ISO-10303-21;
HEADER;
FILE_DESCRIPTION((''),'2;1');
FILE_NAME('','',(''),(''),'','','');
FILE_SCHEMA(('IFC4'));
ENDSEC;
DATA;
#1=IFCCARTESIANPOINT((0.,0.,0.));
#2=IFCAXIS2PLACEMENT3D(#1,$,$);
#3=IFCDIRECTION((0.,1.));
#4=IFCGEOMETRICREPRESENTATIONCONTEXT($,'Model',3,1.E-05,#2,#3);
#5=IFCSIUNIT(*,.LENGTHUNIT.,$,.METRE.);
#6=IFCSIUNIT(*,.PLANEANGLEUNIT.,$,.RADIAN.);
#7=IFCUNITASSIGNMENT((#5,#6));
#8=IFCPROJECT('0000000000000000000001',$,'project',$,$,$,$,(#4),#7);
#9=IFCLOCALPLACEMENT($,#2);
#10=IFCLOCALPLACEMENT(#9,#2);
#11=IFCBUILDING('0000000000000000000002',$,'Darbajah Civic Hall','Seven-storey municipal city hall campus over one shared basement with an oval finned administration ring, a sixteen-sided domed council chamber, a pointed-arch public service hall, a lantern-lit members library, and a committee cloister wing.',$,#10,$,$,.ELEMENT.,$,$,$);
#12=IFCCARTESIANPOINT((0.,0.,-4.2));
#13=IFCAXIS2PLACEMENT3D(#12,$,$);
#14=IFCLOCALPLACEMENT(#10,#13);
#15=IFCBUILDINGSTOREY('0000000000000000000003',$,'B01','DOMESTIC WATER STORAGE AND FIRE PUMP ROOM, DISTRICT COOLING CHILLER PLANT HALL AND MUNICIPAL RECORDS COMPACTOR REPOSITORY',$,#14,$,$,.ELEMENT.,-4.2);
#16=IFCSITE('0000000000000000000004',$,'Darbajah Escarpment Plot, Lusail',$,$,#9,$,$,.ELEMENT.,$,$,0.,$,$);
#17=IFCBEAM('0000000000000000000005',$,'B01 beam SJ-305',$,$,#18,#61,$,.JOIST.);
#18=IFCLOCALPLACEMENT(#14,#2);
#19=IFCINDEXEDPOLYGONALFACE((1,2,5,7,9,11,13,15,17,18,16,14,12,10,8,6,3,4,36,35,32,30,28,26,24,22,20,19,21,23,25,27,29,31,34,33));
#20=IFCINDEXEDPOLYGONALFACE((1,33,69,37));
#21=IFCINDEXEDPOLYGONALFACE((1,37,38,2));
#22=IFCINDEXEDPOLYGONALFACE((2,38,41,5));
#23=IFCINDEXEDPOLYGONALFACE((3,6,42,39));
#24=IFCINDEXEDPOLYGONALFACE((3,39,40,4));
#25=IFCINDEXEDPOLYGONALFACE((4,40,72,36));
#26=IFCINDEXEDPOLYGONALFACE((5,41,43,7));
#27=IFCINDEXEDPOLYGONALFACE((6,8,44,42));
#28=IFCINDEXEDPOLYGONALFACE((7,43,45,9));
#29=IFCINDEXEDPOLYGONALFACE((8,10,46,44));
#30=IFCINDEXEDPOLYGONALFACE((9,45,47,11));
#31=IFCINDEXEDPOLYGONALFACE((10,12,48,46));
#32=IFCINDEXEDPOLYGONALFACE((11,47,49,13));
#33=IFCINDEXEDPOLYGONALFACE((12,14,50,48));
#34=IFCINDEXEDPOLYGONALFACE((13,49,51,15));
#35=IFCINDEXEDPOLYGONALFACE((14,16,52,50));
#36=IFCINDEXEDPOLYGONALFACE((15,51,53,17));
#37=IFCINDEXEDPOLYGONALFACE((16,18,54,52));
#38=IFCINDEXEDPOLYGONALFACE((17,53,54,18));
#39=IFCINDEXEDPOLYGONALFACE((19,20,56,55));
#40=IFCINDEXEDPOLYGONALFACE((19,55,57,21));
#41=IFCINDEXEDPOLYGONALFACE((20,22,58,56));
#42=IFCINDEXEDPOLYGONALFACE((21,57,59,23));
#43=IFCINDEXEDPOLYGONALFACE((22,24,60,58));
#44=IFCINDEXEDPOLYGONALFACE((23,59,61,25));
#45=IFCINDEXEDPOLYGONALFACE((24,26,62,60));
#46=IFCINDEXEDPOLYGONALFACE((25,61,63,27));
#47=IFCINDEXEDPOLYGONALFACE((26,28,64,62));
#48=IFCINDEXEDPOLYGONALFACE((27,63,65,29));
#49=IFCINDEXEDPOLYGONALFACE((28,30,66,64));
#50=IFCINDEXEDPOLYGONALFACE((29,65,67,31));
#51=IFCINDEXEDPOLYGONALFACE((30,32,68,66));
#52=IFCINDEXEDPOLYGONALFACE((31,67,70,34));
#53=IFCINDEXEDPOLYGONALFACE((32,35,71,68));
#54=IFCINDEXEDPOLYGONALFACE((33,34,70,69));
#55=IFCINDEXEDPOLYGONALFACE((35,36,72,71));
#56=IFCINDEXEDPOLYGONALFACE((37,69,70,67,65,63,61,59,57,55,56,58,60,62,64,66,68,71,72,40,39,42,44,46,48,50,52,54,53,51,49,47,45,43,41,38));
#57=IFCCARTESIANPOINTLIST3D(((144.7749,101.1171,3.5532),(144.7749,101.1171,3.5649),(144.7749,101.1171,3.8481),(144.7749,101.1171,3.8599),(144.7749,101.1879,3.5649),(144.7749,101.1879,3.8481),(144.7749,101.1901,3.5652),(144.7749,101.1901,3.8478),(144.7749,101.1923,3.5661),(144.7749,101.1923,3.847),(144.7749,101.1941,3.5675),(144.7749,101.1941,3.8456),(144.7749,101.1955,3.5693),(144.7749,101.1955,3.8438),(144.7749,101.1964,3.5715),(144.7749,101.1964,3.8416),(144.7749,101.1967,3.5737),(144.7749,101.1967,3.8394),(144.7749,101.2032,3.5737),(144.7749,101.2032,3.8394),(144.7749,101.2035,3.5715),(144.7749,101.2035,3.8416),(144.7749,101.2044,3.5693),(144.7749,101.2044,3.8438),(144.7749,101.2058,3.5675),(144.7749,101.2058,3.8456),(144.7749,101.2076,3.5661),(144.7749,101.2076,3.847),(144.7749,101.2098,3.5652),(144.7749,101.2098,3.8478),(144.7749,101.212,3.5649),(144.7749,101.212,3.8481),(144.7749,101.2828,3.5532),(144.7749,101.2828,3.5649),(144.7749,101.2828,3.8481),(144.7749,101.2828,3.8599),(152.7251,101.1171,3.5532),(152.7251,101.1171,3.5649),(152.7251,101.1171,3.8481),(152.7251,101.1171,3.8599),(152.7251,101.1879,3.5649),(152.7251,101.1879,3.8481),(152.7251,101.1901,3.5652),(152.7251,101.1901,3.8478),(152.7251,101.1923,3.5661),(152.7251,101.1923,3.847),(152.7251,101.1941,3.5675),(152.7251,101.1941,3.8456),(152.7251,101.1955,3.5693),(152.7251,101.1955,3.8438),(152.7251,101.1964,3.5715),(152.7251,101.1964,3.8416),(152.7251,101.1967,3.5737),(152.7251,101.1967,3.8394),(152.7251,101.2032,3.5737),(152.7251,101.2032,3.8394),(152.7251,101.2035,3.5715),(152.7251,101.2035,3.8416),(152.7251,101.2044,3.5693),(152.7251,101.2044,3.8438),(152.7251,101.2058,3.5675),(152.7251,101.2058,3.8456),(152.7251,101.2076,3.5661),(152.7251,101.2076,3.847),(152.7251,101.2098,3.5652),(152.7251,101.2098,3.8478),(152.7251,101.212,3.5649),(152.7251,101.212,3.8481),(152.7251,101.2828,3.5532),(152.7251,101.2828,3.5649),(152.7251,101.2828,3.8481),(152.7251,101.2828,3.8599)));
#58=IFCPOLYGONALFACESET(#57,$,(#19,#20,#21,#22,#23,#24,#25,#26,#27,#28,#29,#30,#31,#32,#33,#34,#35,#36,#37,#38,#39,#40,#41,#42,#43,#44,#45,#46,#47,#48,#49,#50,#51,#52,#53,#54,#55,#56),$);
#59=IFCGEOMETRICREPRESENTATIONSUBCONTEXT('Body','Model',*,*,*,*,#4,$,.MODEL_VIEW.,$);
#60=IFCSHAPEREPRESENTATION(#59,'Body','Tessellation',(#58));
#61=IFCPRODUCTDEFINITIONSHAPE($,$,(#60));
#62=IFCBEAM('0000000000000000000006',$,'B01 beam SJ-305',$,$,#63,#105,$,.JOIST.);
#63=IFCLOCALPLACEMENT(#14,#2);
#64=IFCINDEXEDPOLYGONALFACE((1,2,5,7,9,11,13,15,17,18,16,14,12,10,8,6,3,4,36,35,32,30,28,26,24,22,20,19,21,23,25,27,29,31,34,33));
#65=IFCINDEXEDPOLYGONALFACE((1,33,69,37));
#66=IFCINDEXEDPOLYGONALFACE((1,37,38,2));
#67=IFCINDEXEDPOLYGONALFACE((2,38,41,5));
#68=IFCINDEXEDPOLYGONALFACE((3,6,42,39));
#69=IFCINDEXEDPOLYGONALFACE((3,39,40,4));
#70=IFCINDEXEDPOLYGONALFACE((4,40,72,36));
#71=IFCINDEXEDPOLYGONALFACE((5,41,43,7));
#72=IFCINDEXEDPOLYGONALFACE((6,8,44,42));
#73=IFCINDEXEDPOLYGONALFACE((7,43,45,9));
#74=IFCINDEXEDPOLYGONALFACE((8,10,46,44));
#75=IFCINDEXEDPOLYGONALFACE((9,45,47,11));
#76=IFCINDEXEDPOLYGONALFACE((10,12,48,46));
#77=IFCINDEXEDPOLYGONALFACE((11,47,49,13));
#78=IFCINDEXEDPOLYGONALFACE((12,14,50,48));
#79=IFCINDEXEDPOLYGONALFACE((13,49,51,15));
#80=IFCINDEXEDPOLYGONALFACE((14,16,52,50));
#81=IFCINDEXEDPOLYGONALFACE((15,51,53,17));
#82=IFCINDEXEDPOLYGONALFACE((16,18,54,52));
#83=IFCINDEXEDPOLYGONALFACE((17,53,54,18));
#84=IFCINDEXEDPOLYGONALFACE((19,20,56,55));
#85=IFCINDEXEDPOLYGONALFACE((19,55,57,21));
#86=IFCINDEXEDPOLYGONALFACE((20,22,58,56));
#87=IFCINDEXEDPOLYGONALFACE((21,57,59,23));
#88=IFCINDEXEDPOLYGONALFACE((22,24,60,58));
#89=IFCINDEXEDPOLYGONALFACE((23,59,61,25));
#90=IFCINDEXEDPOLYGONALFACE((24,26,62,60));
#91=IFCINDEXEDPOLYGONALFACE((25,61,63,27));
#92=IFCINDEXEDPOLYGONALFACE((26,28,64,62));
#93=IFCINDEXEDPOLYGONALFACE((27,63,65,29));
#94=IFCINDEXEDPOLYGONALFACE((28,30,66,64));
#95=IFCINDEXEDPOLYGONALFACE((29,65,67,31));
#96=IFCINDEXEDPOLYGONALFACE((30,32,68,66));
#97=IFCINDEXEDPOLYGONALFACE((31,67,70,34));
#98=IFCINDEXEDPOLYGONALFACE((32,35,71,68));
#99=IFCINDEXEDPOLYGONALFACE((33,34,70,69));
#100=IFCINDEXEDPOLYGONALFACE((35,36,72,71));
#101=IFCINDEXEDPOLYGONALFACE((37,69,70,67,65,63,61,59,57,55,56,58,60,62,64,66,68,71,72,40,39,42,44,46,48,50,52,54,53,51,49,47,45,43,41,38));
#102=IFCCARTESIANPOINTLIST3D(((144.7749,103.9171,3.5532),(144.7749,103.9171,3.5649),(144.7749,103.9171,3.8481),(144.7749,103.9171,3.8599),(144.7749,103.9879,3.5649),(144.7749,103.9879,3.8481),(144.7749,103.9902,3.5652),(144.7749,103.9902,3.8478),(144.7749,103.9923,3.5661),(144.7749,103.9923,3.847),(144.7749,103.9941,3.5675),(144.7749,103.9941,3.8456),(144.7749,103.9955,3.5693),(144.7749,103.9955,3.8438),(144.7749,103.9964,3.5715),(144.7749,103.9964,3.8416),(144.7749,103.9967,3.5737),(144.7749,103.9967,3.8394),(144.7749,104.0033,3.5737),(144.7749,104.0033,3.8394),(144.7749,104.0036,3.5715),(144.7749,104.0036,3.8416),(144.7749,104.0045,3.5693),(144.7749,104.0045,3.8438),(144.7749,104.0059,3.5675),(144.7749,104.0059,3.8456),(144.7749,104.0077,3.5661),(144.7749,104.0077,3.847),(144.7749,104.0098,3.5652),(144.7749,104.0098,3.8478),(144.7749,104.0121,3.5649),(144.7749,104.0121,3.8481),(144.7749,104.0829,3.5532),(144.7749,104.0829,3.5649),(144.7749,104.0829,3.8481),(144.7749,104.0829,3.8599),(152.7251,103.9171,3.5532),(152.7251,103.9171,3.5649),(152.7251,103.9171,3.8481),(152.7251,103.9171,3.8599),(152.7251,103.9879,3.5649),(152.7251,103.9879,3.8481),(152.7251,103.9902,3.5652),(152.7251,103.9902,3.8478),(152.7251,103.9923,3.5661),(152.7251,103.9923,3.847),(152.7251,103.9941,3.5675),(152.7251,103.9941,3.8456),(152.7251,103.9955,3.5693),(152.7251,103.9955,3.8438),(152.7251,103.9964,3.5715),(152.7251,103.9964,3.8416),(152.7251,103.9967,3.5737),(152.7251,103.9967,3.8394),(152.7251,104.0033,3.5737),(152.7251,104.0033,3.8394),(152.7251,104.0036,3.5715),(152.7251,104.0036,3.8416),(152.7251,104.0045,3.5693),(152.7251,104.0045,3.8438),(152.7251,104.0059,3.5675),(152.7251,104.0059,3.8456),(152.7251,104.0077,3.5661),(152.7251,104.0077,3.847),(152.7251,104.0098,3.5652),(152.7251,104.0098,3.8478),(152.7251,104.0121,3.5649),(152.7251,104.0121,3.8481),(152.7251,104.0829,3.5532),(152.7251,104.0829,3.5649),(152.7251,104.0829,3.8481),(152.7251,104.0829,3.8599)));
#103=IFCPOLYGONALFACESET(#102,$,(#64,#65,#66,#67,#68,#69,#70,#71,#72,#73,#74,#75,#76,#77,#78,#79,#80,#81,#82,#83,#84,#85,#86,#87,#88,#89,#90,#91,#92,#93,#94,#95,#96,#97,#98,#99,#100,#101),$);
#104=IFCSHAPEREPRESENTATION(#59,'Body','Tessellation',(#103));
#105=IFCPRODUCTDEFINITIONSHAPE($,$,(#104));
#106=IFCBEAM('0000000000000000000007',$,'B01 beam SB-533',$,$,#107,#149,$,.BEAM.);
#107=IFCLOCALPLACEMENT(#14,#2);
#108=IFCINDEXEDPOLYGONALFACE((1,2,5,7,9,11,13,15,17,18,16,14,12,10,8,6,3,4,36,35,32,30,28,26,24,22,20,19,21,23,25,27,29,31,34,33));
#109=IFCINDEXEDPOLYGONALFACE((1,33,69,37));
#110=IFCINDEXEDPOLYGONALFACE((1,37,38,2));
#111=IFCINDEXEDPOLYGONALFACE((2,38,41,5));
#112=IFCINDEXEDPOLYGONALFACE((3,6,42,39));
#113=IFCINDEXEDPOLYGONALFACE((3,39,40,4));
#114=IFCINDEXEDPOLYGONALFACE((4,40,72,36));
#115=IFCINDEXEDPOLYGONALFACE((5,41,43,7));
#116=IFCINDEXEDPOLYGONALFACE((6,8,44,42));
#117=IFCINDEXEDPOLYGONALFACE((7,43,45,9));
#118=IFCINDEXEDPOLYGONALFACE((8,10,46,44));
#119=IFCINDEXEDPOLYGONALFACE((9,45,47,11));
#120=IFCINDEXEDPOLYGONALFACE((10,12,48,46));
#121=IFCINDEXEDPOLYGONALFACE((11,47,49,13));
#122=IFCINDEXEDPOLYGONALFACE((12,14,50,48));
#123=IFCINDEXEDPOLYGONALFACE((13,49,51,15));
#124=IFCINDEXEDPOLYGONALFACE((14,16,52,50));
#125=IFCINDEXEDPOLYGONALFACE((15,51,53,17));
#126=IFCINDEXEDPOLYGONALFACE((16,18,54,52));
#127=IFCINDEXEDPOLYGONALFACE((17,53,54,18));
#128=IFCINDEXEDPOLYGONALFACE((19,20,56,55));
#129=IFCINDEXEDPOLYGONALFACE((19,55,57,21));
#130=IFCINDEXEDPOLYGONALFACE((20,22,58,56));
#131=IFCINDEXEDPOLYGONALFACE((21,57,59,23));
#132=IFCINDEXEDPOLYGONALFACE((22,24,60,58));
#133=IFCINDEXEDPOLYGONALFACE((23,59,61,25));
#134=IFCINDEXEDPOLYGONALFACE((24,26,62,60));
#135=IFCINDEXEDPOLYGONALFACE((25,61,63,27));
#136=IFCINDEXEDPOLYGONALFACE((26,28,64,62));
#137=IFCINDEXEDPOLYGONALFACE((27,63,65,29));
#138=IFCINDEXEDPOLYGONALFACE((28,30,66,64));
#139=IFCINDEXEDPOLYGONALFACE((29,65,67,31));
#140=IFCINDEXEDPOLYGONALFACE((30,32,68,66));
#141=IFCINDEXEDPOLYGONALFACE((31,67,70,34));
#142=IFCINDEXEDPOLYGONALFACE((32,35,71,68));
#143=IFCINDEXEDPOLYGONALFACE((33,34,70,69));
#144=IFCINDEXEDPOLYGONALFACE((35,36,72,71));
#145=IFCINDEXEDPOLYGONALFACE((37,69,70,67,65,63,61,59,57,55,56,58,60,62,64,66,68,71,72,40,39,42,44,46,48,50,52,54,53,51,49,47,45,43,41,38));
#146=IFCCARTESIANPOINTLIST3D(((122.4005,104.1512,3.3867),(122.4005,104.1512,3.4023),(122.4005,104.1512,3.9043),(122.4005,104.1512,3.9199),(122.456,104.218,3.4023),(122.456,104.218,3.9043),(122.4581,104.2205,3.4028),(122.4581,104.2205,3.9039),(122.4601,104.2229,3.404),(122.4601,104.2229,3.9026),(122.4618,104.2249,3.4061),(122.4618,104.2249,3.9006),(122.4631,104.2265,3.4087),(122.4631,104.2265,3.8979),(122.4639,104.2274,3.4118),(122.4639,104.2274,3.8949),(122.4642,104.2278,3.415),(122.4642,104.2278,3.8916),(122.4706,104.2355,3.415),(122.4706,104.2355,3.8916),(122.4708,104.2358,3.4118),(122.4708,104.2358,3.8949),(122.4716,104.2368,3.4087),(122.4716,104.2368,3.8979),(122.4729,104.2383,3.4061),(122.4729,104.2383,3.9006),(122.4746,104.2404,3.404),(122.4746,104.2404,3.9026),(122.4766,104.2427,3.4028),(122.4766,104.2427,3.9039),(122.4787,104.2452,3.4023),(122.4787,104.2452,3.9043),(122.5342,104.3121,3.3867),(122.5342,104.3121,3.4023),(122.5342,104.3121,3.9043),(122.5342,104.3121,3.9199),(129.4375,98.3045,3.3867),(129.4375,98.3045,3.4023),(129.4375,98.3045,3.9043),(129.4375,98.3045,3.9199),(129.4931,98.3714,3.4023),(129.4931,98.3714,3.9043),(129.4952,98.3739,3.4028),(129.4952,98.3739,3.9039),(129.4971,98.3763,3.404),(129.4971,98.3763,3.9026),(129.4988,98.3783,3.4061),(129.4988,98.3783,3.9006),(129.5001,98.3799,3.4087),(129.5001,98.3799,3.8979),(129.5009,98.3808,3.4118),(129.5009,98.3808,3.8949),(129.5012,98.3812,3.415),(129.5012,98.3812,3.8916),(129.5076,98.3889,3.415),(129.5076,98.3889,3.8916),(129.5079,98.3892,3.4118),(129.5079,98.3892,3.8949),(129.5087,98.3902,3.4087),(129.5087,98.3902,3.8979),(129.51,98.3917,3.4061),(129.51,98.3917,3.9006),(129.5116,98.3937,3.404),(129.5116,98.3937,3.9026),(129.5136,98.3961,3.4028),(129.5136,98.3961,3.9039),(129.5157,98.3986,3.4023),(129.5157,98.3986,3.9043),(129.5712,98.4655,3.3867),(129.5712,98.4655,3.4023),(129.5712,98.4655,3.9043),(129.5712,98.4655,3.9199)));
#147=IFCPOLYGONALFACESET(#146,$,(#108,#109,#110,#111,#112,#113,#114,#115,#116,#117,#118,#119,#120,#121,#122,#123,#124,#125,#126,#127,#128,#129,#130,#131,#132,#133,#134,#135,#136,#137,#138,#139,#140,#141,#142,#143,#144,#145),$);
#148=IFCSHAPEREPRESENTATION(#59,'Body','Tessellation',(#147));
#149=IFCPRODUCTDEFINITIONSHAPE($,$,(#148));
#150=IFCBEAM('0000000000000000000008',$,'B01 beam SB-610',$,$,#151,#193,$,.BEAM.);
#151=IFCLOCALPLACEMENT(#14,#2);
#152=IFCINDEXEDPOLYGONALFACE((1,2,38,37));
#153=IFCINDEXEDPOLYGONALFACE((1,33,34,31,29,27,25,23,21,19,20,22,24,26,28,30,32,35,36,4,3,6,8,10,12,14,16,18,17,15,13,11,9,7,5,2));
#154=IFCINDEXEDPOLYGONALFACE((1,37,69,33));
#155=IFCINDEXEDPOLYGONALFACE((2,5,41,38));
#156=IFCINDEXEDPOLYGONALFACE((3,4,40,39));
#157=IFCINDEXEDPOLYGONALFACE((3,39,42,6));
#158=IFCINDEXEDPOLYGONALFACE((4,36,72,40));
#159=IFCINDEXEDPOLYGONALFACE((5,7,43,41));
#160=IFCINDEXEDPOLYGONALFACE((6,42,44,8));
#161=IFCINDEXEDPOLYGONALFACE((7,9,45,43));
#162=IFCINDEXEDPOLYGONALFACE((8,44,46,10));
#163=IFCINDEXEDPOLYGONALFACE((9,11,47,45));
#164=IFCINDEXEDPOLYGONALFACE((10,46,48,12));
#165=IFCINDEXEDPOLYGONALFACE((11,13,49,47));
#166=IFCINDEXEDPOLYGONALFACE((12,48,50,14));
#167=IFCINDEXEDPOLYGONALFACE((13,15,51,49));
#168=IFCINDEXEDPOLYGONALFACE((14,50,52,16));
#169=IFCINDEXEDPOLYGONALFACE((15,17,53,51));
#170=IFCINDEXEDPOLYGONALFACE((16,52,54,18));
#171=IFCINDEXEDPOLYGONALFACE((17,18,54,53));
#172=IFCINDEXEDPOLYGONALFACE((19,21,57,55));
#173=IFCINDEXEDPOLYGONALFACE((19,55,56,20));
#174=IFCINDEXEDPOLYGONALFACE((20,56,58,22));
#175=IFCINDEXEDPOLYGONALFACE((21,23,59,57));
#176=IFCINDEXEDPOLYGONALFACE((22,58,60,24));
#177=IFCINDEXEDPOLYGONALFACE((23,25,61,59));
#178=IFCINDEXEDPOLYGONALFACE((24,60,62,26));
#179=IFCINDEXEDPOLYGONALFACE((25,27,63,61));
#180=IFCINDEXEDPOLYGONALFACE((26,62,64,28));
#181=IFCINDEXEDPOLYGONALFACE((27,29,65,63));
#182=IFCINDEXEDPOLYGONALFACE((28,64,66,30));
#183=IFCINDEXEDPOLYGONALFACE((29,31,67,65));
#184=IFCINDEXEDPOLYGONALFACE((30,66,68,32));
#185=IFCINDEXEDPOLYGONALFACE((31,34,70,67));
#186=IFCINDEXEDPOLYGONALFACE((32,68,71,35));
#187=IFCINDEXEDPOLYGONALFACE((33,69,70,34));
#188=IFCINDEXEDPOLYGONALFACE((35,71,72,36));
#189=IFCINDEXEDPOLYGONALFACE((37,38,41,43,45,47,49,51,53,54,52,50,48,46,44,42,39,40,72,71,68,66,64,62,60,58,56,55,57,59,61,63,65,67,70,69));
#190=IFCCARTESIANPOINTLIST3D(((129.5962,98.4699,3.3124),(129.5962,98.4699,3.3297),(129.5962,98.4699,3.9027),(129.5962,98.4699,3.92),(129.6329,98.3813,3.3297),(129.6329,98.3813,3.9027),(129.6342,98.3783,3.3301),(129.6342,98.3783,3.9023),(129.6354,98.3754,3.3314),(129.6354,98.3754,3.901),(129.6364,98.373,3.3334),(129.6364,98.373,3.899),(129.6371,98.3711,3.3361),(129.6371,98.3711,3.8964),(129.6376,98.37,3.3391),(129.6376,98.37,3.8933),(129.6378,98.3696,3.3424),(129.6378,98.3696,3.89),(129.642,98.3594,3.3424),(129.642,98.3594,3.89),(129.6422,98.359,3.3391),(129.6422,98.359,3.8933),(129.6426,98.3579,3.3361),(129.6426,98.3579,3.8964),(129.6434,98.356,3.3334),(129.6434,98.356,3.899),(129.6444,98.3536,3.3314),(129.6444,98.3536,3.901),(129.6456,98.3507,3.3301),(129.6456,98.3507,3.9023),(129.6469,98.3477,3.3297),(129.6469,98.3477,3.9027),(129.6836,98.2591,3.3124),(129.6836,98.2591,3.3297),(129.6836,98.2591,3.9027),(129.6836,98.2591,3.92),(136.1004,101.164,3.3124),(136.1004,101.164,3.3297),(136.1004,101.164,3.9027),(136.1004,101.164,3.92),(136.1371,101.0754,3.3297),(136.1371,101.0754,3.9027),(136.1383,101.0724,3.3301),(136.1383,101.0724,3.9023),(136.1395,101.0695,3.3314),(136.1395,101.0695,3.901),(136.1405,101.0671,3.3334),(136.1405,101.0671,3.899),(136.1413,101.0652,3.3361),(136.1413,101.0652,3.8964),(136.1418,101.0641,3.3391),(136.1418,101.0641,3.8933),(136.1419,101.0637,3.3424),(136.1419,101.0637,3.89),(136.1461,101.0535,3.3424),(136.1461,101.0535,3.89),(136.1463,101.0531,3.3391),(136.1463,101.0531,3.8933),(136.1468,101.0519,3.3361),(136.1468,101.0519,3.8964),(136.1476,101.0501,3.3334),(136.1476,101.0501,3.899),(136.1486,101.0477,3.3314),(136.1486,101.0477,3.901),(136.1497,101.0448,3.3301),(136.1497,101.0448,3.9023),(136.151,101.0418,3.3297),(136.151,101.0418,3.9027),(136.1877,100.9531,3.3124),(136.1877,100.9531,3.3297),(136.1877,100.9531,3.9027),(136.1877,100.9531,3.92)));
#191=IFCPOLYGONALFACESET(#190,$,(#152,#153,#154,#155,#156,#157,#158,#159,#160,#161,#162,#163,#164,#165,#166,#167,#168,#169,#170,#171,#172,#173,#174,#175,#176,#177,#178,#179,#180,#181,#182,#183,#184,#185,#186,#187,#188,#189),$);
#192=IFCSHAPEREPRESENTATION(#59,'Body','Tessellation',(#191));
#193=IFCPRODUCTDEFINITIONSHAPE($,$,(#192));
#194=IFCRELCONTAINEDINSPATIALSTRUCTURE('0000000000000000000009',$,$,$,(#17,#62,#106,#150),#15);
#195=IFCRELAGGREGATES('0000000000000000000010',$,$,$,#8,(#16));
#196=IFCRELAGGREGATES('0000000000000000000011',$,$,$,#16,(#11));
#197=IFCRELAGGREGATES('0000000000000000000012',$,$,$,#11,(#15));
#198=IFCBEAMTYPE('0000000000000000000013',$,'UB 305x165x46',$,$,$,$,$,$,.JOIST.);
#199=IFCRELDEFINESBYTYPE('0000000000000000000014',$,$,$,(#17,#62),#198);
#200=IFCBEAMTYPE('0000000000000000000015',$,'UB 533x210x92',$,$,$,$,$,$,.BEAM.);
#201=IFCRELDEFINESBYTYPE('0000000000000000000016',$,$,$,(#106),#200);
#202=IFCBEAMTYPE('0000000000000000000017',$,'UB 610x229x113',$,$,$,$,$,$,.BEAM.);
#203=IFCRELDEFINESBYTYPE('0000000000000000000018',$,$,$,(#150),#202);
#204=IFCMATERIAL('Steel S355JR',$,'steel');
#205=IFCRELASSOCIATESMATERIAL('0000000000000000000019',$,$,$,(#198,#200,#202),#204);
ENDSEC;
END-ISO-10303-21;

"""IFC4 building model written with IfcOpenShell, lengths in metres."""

from ifc_helpers import new_model, si_unit, direction, frame, origin, origin_2d, place, context, subcontext, project, spatial, i_section, extrude, material, material_profile, profile_set, type_object, element, save


model = new_model("IFC4")

# Units and contexts
model_context = context("Model", 3, precision=1e-05, world=origin(), true_north=direction((0.0, 1.0)))
body_context = subcontext(model_context, "Body", "Model", "MODEL_VIEW")
ifc_project = project(units=[si_unit("LENGTHUNIT", "METRE"), si_unit("PLANEANGLEUNIT", "RADIAN")], contexts=[model_context])

# Site, building, storey
site_placement = place(None, origin())
site = spatial("IfcSite", under=ifc_project, at=site_placement, Name="Darbajah Escarpment Plot, Lusail", CompositionType="ELEMENT", RefElevation=0.0)
building_placement = place(site_placement, origin())
building = spatial("IfcBuilding", under=site, at=building_placement, Name="Darbajah Civic Hall", Description="Seven-storey municipal city hall campus over one shared basement with an oval finned administration ring, a sixteen-sided domed council chamber, a pointed-arch public service hall, a lantern-lit members library, and a committee cloister wing.", CompositionType="ELEMENT")
storey_placement = place(building_placement, frame((0.0, 0.0, -4.2)))
storey = spatial("IfcBuildingStorey", under=building, at=storey_placement, Name="B01", Description="DOMESTIC WATER STORAGE AND FIRE PUMP ROOM, DISTRICT COOLING CHILLER PLANT HALL AND MUNICIPAL RECORDS COMPACTOR REPOSITORY", CompositionType="ELEMENT", Elevation=-4.2)

# Beams
ifc_material_1 = material(Name="Steel S355JR", Category="steel")
ifc_material_profile_1 = material_profile(ifc_material_1, i_section(OverallWidth=0.1658, OverallDepth=0.3066, WebThickness=0.0066, FlangeThickness=0.0117, FilletRadius=0.0088, at=origin_2d()), Name="UB 305x165x46")
ifc_profile_set_1 = profile_set([ifc_material_profile_1], Name="Steel S355JR")
beam_type_1 = type_object("IfcBeamType", Name="UB 305x165x46", PredefinedType="JOIST", material=ifc_profile_set_1)
for number, where, z_axis, x_axis, name in (
    (1, (144.7749, 101.2, 3.7065), (1.0, 0.0, 0.0), (0.0, 1.0, 0.0), "B01 beam SJ-305"),
    (2, (144.7749, 104.0, 3.7065), (1.0, 0.0, 0.0), (0.0, 1.0, 0.0), "B01 beam SJ-305"),
):
    element("IfcBeam", number, at=place(storey_placement, frame(where, z_axis=z_axis, x_axis=x_axis)), inside=storey, type_object=beam_type_1, Name=name, PredefinedType="JOIST", context=body_context, shape_type="SweptSolid", body=[
        extrude(i_section(OverallWidth=0.1658, OverallDepth=0.3066, WebThickness=0.0066, FlangeThickness=0.0117, FilletRadius=0.0088, at=origin_2d()), origin(), (0.0, 0.0, 1.0), 7.9502),
    ])
ifc_material_profile_2 = material_profile(ifc_material_1, i_section(OverallWidth=0.2092, OverallDepth=0.5332, WebThickness=0.01, FlangeThickness=0.0156, FilletRadius=0.0127, at=origin_2d()), Name="UB 533x210x92")
ifc_profile_set_2 = profile_set([ifc_material_profile_2], Name="Steel S355JR")
beam_type_2 = type_object("IfcBeamType", Name="UB 533x210x92", PredefinedType="BEAM", material=ifc_profile_set_2)
beam_1_placement = place(storey_placement, frame((129.5044, 98.385, 3.6533), z_axis=(-0.769165, 0.63905, 0.0), x_axis=(-0.63905, -0.769165, 0.0)))
element("IfcBeam", 3, at=beam_1_placement, inside=storey, type_object=beam_type_2, Name="B01 beam SB-533", PredefinedType="BEAM", context=body_context, shape_type="SweptSolid", body=[
    extrude(i_section(OverallWidth=0.2092, OverallDepth=0.5332, WebThickness=0.01, FlangeThickness=0.0156, FilletRadius=0.0127, at=origin_2d()), origin(), (0.0, 0.0, 1.0), 9.1489),
])
ifc_material_profile_3 = material_profile(ifc_material_1, i_section(OverallWidth=0.2283, OverallDepth=0.6077, WebThickness=0.011, FlangeThickness=0.0173, FilletRadius=0.0127, at=origin_2d()), Name="UB 610x229x113")
ifc_profile_set_3 = profile_set([ifc_material_profile_3], Name="Steel S355JR")
beam_type_3 = type_object("IfcBeamType", Name="UB 610x229x113", PredefinedType="BEAM", material=ifc_profile_set_3)
beam_2_placement = place(storey_placement, frame((129.6399, 98.3645, 3.6162), z_axis=(0.92388, 0.382682, 0.0), x_axis=(-0.382682, 0.92388, 0.0)))
element("IfcBeam", 4, at=beam_2_placement, inside=storey, type_object=beam_type_3, Name="B01 beam SB-610", PredefinedType="BEAM", context=body_context, shape_type="SweptSolid", body=[
    extrude(i_section(OverallWidth=0.2283, OverallDepth=0.6077, WebThickness=0.011, FlangeThickness=0.0173, FilletRadius=0.0127, at=origin_2d()), origin(), (0.0, 0.0, 1.0), 7.04),
])

save(model, "model.ifc")
